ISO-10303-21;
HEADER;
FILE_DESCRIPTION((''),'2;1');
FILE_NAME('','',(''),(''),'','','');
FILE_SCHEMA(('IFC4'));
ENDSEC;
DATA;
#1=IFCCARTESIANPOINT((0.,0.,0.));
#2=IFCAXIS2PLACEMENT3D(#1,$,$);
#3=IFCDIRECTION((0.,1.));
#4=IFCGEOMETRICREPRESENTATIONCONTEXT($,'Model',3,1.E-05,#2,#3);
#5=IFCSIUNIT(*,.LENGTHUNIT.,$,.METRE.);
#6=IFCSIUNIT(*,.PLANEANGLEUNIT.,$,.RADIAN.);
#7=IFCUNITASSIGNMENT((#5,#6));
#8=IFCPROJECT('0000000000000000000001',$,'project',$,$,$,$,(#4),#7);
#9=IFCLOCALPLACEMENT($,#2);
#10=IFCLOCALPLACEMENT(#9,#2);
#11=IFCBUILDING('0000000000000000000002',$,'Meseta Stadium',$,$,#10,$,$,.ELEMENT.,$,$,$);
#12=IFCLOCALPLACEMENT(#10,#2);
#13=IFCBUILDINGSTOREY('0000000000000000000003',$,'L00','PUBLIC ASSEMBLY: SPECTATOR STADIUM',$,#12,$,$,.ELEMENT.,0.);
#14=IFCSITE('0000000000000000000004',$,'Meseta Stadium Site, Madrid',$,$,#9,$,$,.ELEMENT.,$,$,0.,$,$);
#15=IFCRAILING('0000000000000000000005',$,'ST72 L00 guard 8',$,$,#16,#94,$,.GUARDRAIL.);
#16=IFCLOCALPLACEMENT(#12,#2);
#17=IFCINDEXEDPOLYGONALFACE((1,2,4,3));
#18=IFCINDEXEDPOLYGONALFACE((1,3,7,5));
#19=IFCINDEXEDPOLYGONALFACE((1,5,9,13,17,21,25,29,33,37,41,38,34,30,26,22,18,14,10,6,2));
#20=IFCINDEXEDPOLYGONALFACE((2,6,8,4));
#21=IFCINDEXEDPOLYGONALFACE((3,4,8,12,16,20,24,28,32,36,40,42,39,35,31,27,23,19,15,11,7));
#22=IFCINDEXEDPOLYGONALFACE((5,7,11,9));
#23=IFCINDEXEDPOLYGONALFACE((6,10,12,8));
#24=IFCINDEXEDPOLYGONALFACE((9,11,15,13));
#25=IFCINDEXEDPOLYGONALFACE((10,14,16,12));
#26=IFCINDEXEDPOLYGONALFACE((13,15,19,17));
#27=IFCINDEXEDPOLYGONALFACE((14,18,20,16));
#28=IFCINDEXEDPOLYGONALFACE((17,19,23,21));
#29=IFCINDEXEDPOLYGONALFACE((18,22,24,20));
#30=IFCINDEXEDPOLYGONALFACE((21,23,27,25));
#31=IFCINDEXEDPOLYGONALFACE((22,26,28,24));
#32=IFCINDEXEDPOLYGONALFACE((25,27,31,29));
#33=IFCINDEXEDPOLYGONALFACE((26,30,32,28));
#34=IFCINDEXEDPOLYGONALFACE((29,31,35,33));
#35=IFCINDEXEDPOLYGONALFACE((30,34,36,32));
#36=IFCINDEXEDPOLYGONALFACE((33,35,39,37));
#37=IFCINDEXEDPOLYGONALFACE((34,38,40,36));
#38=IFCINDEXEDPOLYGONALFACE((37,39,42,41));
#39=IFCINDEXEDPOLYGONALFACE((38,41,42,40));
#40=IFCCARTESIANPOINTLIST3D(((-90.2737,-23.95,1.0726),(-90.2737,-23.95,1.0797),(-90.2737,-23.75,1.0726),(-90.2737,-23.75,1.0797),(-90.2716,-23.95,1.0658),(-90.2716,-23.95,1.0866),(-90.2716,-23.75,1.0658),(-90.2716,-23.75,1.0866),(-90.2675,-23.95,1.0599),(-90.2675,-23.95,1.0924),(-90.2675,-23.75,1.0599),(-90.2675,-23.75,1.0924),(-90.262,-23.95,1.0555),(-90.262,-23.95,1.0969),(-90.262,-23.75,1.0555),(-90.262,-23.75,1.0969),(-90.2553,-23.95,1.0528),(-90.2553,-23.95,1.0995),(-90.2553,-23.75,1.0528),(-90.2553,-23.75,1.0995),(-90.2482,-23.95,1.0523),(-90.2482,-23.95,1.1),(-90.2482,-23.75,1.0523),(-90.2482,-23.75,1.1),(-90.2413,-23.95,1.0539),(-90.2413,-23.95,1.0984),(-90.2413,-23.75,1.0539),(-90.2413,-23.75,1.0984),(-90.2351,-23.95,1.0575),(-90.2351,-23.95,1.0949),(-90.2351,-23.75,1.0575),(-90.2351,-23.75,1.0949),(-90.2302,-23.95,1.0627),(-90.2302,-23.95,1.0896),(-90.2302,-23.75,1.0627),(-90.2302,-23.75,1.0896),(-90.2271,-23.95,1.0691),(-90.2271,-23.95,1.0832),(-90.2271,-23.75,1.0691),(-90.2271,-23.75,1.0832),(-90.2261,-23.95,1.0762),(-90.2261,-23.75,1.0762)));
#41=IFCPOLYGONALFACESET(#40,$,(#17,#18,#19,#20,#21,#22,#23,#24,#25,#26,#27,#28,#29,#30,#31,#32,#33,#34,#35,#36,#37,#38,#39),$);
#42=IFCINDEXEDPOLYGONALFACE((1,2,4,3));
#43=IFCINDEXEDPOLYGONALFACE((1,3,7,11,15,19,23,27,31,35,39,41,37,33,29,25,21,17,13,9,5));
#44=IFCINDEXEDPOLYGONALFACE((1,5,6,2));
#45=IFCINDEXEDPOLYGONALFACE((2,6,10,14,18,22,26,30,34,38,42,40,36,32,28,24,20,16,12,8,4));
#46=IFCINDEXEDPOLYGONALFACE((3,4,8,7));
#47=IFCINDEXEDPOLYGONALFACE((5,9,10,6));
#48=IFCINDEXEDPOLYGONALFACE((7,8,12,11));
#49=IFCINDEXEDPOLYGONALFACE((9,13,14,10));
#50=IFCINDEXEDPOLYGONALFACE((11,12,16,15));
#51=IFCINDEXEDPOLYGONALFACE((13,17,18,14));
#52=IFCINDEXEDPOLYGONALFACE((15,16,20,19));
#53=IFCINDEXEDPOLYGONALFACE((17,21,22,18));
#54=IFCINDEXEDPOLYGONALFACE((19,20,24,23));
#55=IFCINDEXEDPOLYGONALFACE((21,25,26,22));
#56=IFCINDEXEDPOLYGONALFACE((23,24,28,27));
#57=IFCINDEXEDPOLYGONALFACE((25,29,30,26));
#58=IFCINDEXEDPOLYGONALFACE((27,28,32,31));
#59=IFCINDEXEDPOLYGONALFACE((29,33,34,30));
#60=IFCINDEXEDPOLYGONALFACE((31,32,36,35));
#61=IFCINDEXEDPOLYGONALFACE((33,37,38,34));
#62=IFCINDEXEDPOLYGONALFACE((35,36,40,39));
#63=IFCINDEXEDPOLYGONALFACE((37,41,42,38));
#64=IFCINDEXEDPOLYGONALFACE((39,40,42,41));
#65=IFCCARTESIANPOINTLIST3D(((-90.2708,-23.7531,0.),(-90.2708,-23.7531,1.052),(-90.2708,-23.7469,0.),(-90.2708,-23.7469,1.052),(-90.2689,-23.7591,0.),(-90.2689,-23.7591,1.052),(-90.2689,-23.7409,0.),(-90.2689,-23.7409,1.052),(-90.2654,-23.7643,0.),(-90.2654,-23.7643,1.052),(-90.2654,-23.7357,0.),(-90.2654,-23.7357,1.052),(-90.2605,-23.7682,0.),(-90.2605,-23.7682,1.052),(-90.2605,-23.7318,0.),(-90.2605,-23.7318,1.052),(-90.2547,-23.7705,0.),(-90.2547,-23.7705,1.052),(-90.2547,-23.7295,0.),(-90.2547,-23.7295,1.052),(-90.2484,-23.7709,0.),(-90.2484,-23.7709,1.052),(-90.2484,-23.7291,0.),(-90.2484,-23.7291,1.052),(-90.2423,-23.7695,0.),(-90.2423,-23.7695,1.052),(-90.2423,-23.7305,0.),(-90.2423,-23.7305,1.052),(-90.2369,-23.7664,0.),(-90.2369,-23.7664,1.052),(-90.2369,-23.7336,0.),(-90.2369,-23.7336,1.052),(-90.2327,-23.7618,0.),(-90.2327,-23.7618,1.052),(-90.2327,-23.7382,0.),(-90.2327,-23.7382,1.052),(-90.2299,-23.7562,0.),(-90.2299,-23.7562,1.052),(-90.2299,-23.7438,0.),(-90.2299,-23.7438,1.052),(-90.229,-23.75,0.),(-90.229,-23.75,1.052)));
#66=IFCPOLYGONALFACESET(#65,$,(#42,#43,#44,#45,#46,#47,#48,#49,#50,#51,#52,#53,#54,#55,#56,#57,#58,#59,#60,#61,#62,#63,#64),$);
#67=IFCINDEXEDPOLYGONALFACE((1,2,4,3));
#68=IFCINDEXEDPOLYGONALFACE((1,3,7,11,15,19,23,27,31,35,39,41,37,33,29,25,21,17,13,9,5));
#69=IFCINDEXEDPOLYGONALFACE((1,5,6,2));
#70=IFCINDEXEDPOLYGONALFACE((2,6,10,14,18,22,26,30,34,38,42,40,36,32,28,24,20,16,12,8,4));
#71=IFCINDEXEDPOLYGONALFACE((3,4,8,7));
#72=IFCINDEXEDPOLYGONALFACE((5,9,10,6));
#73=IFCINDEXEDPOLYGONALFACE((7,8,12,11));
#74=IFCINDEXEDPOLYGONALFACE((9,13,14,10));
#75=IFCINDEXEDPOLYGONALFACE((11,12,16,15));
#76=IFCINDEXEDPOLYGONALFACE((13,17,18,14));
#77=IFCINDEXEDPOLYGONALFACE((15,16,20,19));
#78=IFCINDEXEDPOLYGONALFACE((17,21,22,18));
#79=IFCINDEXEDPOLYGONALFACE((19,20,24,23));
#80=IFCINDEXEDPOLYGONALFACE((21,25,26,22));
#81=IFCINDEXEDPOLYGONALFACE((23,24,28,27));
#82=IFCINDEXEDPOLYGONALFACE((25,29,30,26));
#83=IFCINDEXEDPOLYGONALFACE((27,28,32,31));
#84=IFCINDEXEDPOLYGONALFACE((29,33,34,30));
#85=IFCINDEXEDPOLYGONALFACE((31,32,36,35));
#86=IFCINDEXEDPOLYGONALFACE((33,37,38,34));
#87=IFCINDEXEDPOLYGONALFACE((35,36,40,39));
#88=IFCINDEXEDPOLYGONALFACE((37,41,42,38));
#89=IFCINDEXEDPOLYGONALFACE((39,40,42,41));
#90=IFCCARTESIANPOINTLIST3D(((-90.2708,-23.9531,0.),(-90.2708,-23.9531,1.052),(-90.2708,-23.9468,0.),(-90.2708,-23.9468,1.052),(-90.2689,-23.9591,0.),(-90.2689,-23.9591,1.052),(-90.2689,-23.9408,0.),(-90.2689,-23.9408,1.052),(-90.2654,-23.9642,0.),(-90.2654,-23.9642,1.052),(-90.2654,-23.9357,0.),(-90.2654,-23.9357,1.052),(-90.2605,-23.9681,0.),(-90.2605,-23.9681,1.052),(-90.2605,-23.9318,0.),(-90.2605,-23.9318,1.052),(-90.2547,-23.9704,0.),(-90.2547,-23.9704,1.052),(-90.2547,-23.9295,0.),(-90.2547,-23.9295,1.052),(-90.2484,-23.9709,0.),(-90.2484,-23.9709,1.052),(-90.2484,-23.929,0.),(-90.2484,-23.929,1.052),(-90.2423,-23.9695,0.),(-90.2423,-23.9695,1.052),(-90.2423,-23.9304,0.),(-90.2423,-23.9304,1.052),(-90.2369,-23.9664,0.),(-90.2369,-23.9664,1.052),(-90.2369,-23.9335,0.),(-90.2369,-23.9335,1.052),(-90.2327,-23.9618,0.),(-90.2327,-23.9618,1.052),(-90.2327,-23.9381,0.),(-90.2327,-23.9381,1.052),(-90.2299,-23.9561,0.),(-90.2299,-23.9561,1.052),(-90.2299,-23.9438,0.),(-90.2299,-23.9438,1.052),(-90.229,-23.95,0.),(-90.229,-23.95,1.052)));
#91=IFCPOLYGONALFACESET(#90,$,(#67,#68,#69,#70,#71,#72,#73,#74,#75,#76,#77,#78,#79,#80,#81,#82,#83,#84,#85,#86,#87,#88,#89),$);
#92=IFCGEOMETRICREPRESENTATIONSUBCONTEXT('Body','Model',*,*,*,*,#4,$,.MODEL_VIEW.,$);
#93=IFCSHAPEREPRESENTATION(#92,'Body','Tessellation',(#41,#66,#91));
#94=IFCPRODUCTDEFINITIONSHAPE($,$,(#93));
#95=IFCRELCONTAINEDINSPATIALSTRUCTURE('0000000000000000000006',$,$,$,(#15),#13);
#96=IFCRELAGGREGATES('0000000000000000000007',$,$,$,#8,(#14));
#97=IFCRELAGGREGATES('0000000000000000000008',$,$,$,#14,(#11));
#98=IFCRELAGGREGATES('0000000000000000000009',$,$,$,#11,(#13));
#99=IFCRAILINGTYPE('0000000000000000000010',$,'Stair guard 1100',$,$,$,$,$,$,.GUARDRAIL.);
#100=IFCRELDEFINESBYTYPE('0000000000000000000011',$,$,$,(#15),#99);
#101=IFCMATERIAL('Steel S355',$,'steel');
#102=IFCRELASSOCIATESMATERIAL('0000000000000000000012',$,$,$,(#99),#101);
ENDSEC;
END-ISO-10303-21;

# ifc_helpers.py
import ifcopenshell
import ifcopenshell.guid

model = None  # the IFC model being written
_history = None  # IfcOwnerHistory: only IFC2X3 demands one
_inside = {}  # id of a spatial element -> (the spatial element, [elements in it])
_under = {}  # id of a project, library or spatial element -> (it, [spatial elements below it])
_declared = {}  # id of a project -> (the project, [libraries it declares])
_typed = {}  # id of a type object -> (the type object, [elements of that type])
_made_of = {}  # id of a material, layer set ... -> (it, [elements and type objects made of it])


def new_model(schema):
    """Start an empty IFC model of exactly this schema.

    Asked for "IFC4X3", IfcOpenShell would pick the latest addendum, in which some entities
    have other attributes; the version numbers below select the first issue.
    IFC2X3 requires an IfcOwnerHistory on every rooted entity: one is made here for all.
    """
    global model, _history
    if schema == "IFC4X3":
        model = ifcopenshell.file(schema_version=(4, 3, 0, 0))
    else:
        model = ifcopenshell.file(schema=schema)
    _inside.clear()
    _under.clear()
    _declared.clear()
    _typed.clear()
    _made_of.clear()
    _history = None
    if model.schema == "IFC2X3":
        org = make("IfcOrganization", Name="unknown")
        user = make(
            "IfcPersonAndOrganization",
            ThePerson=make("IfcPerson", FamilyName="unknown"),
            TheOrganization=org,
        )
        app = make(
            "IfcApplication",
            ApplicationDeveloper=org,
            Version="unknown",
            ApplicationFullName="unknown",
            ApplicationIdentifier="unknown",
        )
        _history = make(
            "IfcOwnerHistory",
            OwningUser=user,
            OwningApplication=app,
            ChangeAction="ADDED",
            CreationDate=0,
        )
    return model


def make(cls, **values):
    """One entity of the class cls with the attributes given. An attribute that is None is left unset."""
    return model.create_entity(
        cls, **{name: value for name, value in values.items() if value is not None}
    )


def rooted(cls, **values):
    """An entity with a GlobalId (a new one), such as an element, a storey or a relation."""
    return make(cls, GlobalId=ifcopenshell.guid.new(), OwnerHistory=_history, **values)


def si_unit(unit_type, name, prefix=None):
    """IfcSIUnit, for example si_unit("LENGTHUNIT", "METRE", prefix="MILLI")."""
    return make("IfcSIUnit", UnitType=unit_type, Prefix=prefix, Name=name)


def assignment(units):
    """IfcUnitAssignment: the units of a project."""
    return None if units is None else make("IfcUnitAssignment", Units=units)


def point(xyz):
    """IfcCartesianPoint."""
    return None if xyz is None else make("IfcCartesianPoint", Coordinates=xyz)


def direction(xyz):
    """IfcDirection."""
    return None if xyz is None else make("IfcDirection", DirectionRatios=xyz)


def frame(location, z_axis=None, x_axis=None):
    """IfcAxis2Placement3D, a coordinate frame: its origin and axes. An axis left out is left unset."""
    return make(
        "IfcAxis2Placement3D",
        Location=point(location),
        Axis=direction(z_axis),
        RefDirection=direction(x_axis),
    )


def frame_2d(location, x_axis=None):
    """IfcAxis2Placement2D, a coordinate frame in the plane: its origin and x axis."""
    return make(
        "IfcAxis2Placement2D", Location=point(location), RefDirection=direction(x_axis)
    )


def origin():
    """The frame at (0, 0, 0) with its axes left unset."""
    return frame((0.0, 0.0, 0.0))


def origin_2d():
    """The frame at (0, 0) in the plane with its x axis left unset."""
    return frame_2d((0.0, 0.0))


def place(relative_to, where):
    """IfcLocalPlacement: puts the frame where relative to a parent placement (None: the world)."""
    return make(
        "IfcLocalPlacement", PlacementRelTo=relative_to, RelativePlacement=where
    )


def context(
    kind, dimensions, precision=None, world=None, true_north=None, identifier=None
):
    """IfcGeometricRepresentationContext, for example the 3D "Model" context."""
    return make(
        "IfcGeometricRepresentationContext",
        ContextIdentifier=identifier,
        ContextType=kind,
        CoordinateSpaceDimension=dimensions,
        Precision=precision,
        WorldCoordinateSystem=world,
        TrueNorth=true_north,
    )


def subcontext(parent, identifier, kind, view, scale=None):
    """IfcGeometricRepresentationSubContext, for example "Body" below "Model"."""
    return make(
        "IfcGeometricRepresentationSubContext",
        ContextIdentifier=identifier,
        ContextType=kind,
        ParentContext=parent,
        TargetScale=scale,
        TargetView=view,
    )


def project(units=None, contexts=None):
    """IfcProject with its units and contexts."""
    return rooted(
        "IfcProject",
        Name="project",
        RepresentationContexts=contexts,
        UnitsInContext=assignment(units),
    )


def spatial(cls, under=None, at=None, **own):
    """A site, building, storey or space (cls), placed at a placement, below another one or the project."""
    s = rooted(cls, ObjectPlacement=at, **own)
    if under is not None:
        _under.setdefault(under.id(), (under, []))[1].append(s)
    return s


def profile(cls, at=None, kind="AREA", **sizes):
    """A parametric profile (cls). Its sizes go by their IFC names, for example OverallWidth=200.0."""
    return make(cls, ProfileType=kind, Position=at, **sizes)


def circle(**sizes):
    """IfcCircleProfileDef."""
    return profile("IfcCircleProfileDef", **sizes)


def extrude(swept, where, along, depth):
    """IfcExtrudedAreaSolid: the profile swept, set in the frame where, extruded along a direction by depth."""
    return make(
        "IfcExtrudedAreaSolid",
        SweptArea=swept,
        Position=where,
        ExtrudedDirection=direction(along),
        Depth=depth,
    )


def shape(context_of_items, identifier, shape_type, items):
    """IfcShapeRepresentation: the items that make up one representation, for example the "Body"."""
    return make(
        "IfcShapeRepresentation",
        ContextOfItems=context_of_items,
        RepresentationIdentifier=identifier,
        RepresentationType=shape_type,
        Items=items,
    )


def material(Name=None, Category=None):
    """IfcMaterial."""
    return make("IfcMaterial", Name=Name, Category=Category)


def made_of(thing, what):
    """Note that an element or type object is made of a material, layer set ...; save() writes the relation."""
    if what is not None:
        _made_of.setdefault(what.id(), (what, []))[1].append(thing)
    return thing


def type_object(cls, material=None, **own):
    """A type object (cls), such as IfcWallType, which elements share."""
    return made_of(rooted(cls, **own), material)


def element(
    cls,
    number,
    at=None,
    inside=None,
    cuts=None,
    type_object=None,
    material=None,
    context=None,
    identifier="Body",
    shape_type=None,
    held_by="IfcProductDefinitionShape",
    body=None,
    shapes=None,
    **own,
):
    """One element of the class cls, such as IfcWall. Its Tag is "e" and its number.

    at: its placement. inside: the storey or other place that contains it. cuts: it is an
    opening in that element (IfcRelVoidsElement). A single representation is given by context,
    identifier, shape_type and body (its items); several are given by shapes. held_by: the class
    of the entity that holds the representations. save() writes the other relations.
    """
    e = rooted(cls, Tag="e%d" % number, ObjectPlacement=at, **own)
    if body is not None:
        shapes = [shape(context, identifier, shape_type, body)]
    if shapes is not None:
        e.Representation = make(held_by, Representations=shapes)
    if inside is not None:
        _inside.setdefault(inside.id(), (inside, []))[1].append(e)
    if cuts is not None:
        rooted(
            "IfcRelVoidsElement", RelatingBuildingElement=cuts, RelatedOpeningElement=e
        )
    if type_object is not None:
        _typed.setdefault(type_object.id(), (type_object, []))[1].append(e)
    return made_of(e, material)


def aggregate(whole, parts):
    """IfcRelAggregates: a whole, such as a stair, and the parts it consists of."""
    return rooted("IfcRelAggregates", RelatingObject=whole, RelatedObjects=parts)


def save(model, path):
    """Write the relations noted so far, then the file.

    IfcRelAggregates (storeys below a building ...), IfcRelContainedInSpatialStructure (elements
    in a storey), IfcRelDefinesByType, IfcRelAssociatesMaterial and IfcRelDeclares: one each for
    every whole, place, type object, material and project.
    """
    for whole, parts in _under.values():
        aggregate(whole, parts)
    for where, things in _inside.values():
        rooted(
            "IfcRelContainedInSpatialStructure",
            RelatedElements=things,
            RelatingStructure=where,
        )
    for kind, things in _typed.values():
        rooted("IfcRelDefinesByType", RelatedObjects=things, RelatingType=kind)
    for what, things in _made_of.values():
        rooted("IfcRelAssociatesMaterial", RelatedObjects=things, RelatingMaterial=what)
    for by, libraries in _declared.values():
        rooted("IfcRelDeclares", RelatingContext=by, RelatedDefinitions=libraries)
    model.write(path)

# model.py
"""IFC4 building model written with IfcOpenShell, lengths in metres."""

from ifc_helpers import new_model, si_unit, direction, frame, origin, origin_2d, place, context, subcontext, project, spatial, circle, extrude, material, type_object, element, save


model = new_model("IFC4")

# Units and contexts
model_context = context("Model", 3, precision=1e-05, world=origin(), true_north=direction((0.0, 1.0)))
body_context = subcontext(model_context, "Body", "Model", "MODEL_VIEW")
ifc_project = project(units=[si_unit("LENGTHUNIT", "METRE"), si_unit("PLANEANGLEUNIT", "RADIAN")], contexts=[model_context])

# Site, building, storey
site_placement = place(None, origin())
site = spatial("IfcSite", under=ifc_project, at=site_placement, Name="Meseta Stadium Site, Madrid", CompositionType="ELEMENT", RefElevation=0.0)
building_placement = place(site_placement, origin())
building = spatial("IfcBuilding", under=site, at=building_placement, Name="Meseta Stadium", CompositionType="ELEMENT")
storey_placement = place(building_placement, origin())
storey = spatial("IfcBuildingStorey", under=building, at=storey_placement, Name="L00", Description="PUBLIC ASSEMBLY: SPECTATOR STADIUM", CompositionType="ELEMENT", Elevation=0.0)

# Railing
ifc_material_1 = material(Name="Steel S355", Category="steel")
railing_type_1 = type_object("IfcRailingType", Name="Stair guard 1100", PredefinedType="GUARDRAIL", material=ifc_material_1)
railing_1_placement = place(storey_placement, frame((-90.25, -23.75, 0.0)))
element("IfcRailing", 1, at=railing_1_placement, inside=storey, type_object=railing_type_1, Name="ST72 L00 guard 8", PredefinedType="GUARDRAIL", context=body_context, shape_type="SweptSolid", body=[
    extrude(circle(Radius=0.0239, at=origin_2d()), frame((0.0, 0.0, 1.0762), z_axis=(0.0, -1.0, 0.0), x_axis=(1.0, 0.0, 0.0)), (0.0, 0.0, 1.0), 0.2),
    extrude(circle(Radius=0.021, at=origin_2d()), origin(), (0.0, 0.0, 1.0), 1.052),
    extrude(circle(Radius=0.021, at=origin_2d()), frame((0.0, -0.2, 0.0)), (0.0, 0.0, 1.0), 1.052),
])

save(model, "model.ifc")
